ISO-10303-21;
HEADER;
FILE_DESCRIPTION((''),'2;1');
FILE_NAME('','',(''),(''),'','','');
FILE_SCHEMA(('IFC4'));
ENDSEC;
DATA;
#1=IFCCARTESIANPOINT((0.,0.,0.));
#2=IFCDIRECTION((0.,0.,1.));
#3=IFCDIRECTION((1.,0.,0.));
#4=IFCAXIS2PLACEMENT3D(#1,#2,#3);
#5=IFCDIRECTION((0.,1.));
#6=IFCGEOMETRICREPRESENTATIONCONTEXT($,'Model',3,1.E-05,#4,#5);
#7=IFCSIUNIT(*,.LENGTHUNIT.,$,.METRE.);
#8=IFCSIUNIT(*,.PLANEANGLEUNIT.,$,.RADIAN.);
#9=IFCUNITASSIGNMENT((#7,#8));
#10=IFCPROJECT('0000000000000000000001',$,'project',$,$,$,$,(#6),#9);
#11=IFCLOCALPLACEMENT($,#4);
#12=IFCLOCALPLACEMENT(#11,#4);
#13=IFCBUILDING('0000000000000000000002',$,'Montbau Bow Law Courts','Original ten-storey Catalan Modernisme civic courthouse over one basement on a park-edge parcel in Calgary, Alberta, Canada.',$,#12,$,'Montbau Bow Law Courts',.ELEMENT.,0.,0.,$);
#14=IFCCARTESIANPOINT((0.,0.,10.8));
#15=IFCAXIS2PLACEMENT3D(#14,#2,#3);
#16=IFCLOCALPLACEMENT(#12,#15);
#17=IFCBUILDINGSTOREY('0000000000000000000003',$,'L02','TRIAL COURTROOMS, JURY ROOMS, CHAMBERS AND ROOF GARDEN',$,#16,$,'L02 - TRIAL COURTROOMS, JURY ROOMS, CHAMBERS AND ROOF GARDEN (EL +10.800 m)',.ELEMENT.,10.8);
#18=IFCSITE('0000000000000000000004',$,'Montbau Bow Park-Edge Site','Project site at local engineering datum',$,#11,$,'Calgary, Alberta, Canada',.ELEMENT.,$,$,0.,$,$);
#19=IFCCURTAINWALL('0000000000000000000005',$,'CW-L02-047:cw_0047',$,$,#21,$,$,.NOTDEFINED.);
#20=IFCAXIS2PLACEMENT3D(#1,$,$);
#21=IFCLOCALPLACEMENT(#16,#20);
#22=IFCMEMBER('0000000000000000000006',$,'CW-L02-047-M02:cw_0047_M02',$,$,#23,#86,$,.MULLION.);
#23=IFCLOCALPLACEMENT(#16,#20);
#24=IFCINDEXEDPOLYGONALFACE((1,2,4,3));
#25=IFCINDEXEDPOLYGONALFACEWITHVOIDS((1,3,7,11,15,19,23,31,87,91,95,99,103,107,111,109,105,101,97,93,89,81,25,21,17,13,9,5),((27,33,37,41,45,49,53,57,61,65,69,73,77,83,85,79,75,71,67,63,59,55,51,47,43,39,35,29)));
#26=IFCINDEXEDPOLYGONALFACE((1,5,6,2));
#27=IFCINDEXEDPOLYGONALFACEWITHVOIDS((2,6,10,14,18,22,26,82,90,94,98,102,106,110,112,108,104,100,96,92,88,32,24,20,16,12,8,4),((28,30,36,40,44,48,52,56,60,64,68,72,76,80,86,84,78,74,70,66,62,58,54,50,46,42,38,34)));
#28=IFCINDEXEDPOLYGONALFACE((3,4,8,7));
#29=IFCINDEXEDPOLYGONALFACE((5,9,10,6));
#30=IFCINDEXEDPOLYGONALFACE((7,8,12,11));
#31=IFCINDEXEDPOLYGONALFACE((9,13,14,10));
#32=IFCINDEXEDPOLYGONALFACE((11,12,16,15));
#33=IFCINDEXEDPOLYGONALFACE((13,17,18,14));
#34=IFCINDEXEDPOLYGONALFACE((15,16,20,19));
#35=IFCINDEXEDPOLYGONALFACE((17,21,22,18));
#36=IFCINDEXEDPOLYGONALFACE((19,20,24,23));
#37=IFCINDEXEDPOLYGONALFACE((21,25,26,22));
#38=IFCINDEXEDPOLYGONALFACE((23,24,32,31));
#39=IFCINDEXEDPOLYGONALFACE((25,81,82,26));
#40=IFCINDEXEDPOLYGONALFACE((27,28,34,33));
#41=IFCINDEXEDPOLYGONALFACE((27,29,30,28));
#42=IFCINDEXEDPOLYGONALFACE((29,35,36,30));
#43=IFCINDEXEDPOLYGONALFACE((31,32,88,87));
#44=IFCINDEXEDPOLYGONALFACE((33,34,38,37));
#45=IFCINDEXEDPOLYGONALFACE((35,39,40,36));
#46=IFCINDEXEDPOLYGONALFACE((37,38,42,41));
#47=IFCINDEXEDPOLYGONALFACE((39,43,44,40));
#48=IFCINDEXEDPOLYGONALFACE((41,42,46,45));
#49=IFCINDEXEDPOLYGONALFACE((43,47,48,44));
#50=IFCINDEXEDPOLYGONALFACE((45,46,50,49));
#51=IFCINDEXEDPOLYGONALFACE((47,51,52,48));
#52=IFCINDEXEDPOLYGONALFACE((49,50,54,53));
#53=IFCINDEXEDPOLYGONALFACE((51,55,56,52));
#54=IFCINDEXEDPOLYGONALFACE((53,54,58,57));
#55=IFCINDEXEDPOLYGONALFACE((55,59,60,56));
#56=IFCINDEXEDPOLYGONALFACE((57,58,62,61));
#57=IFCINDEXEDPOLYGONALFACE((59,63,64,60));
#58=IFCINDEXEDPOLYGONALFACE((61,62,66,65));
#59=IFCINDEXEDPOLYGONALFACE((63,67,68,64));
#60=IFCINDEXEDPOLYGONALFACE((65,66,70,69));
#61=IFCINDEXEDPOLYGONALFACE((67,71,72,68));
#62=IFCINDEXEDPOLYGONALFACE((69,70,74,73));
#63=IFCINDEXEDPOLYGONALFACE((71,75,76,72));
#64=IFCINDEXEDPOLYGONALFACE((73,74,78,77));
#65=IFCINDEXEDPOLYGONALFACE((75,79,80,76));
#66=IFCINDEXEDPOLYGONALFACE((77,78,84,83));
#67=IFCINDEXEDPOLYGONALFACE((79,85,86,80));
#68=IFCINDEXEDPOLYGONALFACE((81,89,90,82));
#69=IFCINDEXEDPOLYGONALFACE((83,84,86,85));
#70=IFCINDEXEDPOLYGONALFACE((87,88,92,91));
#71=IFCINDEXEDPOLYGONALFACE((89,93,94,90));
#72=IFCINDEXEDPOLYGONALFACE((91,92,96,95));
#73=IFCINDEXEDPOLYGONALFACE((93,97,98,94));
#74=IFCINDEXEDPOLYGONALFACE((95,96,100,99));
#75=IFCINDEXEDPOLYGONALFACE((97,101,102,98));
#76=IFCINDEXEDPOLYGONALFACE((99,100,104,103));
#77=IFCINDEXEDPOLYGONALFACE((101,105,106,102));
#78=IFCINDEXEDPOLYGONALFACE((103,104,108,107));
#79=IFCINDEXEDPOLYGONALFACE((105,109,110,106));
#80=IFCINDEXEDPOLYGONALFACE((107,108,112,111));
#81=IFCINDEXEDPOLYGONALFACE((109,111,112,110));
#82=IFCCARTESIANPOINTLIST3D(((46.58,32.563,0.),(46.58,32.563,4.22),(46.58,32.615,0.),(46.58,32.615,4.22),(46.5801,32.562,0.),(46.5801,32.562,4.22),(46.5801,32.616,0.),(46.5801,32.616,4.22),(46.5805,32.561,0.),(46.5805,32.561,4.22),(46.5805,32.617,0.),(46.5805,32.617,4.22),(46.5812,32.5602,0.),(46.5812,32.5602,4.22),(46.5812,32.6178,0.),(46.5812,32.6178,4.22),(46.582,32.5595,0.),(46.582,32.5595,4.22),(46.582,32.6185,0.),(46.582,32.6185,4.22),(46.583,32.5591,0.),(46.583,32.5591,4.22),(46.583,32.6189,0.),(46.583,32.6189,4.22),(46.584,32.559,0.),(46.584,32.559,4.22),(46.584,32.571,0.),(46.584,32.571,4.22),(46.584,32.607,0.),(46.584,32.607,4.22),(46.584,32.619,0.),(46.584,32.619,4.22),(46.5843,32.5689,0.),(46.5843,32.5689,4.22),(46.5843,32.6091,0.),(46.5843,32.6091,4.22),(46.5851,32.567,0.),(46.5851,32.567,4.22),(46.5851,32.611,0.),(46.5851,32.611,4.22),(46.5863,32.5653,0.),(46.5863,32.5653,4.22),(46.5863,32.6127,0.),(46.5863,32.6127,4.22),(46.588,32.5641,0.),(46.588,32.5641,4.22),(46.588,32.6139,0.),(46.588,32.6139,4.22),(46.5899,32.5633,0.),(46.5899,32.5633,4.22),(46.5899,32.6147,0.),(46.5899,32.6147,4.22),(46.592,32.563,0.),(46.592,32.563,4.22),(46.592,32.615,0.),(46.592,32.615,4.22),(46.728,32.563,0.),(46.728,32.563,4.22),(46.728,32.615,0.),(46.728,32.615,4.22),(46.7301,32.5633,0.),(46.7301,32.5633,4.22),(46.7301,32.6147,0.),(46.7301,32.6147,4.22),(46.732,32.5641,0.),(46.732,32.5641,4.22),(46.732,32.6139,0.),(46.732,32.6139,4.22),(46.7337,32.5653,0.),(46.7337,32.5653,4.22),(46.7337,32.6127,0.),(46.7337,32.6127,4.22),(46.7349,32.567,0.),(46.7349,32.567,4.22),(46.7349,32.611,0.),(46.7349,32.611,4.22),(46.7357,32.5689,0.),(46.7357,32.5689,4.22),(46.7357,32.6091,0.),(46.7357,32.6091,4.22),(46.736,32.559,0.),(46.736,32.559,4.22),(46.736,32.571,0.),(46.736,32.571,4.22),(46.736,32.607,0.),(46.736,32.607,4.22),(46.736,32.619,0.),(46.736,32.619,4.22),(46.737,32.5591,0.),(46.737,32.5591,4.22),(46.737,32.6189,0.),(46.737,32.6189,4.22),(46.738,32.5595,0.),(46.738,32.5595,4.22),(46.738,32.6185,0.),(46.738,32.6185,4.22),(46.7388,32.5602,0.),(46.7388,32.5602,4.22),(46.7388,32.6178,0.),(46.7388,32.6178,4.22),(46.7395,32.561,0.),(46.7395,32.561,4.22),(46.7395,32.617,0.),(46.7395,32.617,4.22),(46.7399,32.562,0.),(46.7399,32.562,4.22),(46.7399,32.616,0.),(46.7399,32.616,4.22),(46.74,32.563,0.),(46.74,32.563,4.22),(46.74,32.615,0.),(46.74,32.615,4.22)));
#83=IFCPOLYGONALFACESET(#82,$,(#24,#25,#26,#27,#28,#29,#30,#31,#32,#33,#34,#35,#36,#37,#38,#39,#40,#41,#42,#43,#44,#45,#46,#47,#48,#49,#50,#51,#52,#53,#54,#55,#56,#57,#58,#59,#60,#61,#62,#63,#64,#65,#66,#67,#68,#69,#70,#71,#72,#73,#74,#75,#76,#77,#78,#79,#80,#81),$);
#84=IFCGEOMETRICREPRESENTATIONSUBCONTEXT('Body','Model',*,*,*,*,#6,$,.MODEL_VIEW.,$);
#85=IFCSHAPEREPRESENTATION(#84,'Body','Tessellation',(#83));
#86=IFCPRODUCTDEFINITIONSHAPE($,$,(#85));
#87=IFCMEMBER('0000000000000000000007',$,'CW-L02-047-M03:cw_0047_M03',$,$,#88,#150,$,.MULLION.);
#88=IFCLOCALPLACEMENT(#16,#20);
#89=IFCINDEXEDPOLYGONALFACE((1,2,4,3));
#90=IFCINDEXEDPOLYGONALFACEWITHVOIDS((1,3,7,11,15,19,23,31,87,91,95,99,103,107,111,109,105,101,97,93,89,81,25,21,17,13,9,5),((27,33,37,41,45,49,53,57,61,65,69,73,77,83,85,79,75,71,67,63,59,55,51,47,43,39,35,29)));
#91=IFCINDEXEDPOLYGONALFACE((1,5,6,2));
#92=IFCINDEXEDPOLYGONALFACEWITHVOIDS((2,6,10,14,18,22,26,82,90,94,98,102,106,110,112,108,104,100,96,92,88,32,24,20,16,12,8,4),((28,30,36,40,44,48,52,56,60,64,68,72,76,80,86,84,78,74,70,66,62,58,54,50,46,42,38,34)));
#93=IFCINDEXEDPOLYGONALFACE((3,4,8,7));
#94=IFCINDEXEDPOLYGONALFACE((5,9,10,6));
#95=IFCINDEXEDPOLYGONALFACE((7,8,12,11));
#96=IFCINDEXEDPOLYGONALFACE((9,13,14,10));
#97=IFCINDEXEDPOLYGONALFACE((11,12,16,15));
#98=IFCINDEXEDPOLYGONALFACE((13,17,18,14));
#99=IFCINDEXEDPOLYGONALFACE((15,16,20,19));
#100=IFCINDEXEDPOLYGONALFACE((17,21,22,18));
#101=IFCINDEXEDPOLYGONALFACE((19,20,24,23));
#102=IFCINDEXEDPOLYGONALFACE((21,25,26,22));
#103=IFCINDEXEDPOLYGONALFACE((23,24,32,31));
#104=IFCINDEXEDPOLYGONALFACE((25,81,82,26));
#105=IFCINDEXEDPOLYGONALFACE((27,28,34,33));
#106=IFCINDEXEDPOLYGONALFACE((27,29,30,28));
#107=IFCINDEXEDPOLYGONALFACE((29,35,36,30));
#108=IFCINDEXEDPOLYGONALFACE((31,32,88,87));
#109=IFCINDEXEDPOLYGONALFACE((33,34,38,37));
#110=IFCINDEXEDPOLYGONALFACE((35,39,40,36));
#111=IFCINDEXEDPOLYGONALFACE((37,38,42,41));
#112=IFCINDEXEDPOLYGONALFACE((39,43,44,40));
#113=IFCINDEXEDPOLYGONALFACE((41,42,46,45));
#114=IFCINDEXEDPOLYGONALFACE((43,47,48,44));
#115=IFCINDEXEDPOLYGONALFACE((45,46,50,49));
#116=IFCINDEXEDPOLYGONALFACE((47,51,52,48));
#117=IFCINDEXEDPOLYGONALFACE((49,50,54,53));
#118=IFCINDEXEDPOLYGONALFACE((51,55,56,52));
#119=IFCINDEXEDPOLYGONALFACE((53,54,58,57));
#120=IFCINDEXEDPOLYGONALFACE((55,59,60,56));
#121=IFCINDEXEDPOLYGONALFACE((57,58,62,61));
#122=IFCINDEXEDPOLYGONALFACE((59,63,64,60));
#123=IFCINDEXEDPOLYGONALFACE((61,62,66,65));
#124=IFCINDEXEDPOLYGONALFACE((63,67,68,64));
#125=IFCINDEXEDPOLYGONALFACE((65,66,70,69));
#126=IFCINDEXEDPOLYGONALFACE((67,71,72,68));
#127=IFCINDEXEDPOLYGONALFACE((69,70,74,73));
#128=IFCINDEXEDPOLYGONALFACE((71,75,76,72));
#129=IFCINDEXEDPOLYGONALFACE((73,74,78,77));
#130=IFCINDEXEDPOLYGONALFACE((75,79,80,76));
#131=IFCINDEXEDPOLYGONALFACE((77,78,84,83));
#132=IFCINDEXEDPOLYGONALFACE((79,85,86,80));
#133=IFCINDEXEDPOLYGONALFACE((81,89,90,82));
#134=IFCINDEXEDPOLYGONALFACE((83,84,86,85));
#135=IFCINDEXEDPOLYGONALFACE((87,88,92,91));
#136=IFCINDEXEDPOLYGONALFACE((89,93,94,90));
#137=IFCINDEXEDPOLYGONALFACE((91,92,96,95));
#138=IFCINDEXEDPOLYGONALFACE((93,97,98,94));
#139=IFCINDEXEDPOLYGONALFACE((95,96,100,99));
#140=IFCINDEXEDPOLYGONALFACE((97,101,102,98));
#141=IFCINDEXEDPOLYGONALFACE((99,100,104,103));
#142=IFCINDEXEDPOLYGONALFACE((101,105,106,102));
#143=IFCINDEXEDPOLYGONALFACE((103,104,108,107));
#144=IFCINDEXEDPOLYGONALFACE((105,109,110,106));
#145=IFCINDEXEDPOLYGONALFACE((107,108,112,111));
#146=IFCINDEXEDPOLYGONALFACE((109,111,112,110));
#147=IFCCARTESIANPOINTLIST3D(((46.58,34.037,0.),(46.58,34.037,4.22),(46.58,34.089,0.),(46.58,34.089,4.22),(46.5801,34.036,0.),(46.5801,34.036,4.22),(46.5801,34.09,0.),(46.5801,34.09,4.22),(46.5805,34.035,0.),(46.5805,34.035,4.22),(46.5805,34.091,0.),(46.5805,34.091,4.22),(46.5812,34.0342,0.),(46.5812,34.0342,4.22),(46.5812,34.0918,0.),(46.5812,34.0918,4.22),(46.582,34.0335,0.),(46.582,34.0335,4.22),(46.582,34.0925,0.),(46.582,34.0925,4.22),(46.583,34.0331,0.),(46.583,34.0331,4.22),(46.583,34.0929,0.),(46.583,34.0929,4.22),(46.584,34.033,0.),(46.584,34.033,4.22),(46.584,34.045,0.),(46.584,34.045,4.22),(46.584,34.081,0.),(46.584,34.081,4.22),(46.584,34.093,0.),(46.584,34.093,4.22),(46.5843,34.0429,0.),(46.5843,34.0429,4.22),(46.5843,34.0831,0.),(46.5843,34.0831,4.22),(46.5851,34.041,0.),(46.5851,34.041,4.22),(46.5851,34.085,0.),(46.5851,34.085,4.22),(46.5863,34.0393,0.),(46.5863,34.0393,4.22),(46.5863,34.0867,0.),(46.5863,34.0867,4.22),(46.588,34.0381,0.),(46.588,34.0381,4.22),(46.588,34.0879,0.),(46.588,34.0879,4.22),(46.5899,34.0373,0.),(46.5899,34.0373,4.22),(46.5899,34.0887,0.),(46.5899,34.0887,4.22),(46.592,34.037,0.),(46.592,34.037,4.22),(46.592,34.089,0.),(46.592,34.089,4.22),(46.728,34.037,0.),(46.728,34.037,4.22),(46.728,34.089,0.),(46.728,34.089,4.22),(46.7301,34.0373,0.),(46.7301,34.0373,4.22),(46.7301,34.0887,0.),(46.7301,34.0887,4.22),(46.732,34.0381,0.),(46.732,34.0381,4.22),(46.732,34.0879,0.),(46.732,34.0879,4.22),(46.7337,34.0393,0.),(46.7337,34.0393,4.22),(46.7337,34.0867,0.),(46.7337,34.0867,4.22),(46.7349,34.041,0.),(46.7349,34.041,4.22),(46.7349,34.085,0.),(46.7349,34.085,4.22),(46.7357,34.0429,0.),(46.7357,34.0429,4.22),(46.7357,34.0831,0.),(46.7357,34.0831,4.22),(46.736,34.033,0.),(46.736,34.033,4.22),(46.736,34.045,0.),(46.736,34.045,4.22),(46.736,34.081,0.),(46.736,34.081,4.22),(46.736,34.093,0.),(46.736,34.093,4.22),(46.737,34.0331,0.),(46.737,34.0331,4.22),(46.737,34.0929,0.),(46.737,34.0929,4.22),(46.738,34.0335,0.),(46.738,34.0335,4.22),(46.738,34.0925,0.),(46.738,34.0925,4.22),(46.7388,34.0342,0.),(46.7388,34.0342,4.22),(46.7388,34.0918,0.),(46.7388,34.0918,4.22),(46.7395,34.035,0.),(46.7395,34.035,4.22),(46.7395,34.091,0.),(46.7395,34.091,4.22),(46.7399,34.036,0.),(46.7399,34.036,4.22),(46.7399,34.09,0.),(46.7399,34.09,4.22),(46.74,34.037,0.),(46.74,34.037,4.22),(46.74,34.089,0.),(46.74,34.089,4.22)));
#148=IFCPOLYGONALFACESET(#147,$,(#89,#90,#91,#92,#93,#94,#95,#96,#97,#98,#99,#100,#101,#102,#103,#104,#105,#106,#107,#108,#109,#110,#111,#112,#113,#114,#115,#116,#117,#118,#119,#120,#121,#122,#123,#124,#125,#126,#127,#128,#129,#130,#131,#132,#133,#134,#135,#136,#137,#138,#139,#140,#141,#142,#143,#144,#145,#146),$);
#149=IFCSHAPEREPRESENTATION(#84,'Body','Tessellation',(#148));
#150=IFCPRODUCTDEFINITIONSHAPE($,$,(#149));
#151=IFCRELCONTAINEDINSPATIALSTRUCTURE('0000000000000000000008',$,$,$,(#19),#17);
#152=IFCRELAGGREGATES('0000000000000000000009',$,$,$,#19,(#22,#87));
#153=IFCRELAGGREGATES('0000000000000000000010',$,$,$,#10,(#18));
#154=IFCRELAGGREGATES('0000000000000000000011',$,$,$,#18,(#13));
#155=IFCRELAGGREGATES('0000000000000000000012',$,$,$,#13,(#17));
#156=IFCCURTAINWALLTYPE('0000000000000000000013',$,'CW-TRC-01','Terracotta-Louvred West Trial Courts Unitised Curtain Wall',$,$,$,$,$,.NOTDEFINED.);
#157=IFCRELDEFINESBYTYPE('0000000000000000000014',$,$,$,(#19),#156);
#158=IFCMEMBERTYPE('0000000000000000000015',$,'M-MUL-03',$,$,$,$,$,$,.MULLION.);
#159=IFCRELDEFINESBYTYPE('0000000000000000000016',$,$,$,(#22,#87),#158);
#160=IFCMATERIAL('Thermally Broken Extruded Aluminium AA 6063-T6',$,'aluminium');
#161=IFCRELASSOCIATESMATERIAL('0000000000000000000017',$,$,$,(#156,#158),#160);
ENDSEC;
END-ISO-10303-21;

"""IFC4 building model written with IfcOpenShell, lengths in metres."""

from ifc_helpers import new_model, si_unit, direction, frame, origin_with_axes, origin_2d_with_axis, place, context, subcontext, project, spatial, hollow_rectangle, extrude, material, material_profile, profile_set, type_object, element, aggregate, save


model = new_model("IFC4")

# Units and contexts
model_context = context("Model", 3, precision=1e-05, world=origin_with_axes(), true_north=direction((0.0, 1.0)))
body_context = subcontext(model_context, "Body", "Model", "MODEL_VIEW")
ifc_project = project(units=[si_unit("LENGTHUNIT", "METRE"), si_unit("PLANEANGLEUNIT", "RADIAN")], contexts=[model_context])

# Site, building, storey
site_placement = place(None, origin_with_axes())
site = spatial("IfcSite", under=ifc_project, at=site_placement, Name="Montbau Bow Park-Edge Site", Description="Project site at local engineering datum", LongName="Calgary, Alberta, Canada", CompositionType="ELEMENT", RefElevation=0.0)
building_placement = place(site_placement, origin_with_axes())
building = spatial("IfcBuilding", under=site, at=building_placement, Name="Montbau Bow Law Courts", Description="Original ten-storey Catalan Modernisme civic courthouse over one basement on a park-edge parcel in Calgary, Alberta, Canada.", LongName="Montbau Bow Law Courts", CompositionType="ELEMENT", ElevationOfRefHeight=0.0, ElevationOfTerrain=0.0)
storey_placement = place(building_placement, frame((0.0, 0.0, 10.8), z_axis=(0.0, 0.0, 1.0), x_axis=(1.0, 0.0, 0.0)))
storey = spatial("IfcBuildingStorey", under=building, at=storey_placement, Name="L02", Description="TRIAL COURTROOMS, JURY ROOMS, CHAMBERS AND ROOF GARDEN", LongName="L02 - TRIAL COURTROOMS, JURY ROOMS, CHAMBERS AND ROOF GARDEN (EL +10.800 m)", CompositionType="ELEMENT", Elevation=10.8)

# Shared definitions
ifc_material_1 = material(Name="Thermally Broken Extruded Aluminium AA 6063-T6", Category="aluminium")
curtain_wall_type = type_object("IfcCurtainWallType", Name="CW-TRC-01", Description="Terracotta-Louvred West Trial Courts Unitised Curtain Wall", PredefinedType="NOTDEFINED", material=ifc_material_1)
ifc_material_profile_1 = material_profile(ifc_material_1, hollow_rectangle(XDim=0.06, YDim=0.16, WallThickness=0.004, InnerFilletRadius=0.008, OuterFilletRadius=0.004, at=origin_2d_with_axis()), Name="CWM-160X60", Category="Main", Priority=0)
ifc_profile_set_1 = profile_set([ifc_material_profile_1], Name="Thermally Broken Extruded Aluminium AA 6063-T6")
member_type_1 = type_object("IfcMemberType", Name="M-MUL-03", PredefinedType="MULLION", material=ifc_profile_set_1)

# Curtain wall, members
curtain_wall_1_placement = place(None, frame((46.66, 31.115, 10.8), z_axis=(0.0, 0.0, 1.0), x_axis=(1.0, 0.0, 0.0)))
curtain_wall_1 = element("IfcCurtainWall", 1, at=curtain_wall_1_placement, inside=storey, type_object=curtain_wall_type, Name="CW-L02-047:cw_0047", PredefinedType="NOTDEFINED")
member_1_placement = place(None, frame((46.66, 32.589, 10.8), z_axis=(0.0, 0.0, 1.0), x_axis=(0.0, 1.0, 0.0)))
member_1 = element("IfcMember", 2, at=member_1_placement, type_object=member_type_1, Name="CW-L02-047-M02:cw_0047_M02", PredefinedType="MULLION", context=body_context, shape_type="SweptSolid", body=[
    extrude(hollow_rectangle(XDim=0.06, YDim=0.16, WallThickness=0.004, InnerFilletRadius=0.008, OuterFilletRadius=0.004, at=origin_2d_with_axis()), origin_with_axes(), (0.0, 0.0, 1.0), 4.22),
])
member_2_placement = place(None, frame((46.66, 34.063, 10.8), z_axis=(0.0, 0.0, 1.0), x_axis=(0.0, 1.0, 0.0)))
member_2 = element("IfcMember", 3, at=member_2_placement, type_object=member_type_1, Name="CW-L02-047-M03:cw_0047_M03", PredefinedType="MULLION", context=body_context, shape_type="SweptSolid", body=[
    extrude(hollow_rectangle(XDim=0.06, YDim=0.16, WallThickness=0.004, InnerFilletRadius=0.008, OuterFilletRadius=0.004, at=origin_2d_with_axis()), origin_with_axes(), (0.0, 0.0, 1.0), 4.22),
])
aggregate(curtain_wall_1, [member_1, member_2])

save(model, "model.ifc")
